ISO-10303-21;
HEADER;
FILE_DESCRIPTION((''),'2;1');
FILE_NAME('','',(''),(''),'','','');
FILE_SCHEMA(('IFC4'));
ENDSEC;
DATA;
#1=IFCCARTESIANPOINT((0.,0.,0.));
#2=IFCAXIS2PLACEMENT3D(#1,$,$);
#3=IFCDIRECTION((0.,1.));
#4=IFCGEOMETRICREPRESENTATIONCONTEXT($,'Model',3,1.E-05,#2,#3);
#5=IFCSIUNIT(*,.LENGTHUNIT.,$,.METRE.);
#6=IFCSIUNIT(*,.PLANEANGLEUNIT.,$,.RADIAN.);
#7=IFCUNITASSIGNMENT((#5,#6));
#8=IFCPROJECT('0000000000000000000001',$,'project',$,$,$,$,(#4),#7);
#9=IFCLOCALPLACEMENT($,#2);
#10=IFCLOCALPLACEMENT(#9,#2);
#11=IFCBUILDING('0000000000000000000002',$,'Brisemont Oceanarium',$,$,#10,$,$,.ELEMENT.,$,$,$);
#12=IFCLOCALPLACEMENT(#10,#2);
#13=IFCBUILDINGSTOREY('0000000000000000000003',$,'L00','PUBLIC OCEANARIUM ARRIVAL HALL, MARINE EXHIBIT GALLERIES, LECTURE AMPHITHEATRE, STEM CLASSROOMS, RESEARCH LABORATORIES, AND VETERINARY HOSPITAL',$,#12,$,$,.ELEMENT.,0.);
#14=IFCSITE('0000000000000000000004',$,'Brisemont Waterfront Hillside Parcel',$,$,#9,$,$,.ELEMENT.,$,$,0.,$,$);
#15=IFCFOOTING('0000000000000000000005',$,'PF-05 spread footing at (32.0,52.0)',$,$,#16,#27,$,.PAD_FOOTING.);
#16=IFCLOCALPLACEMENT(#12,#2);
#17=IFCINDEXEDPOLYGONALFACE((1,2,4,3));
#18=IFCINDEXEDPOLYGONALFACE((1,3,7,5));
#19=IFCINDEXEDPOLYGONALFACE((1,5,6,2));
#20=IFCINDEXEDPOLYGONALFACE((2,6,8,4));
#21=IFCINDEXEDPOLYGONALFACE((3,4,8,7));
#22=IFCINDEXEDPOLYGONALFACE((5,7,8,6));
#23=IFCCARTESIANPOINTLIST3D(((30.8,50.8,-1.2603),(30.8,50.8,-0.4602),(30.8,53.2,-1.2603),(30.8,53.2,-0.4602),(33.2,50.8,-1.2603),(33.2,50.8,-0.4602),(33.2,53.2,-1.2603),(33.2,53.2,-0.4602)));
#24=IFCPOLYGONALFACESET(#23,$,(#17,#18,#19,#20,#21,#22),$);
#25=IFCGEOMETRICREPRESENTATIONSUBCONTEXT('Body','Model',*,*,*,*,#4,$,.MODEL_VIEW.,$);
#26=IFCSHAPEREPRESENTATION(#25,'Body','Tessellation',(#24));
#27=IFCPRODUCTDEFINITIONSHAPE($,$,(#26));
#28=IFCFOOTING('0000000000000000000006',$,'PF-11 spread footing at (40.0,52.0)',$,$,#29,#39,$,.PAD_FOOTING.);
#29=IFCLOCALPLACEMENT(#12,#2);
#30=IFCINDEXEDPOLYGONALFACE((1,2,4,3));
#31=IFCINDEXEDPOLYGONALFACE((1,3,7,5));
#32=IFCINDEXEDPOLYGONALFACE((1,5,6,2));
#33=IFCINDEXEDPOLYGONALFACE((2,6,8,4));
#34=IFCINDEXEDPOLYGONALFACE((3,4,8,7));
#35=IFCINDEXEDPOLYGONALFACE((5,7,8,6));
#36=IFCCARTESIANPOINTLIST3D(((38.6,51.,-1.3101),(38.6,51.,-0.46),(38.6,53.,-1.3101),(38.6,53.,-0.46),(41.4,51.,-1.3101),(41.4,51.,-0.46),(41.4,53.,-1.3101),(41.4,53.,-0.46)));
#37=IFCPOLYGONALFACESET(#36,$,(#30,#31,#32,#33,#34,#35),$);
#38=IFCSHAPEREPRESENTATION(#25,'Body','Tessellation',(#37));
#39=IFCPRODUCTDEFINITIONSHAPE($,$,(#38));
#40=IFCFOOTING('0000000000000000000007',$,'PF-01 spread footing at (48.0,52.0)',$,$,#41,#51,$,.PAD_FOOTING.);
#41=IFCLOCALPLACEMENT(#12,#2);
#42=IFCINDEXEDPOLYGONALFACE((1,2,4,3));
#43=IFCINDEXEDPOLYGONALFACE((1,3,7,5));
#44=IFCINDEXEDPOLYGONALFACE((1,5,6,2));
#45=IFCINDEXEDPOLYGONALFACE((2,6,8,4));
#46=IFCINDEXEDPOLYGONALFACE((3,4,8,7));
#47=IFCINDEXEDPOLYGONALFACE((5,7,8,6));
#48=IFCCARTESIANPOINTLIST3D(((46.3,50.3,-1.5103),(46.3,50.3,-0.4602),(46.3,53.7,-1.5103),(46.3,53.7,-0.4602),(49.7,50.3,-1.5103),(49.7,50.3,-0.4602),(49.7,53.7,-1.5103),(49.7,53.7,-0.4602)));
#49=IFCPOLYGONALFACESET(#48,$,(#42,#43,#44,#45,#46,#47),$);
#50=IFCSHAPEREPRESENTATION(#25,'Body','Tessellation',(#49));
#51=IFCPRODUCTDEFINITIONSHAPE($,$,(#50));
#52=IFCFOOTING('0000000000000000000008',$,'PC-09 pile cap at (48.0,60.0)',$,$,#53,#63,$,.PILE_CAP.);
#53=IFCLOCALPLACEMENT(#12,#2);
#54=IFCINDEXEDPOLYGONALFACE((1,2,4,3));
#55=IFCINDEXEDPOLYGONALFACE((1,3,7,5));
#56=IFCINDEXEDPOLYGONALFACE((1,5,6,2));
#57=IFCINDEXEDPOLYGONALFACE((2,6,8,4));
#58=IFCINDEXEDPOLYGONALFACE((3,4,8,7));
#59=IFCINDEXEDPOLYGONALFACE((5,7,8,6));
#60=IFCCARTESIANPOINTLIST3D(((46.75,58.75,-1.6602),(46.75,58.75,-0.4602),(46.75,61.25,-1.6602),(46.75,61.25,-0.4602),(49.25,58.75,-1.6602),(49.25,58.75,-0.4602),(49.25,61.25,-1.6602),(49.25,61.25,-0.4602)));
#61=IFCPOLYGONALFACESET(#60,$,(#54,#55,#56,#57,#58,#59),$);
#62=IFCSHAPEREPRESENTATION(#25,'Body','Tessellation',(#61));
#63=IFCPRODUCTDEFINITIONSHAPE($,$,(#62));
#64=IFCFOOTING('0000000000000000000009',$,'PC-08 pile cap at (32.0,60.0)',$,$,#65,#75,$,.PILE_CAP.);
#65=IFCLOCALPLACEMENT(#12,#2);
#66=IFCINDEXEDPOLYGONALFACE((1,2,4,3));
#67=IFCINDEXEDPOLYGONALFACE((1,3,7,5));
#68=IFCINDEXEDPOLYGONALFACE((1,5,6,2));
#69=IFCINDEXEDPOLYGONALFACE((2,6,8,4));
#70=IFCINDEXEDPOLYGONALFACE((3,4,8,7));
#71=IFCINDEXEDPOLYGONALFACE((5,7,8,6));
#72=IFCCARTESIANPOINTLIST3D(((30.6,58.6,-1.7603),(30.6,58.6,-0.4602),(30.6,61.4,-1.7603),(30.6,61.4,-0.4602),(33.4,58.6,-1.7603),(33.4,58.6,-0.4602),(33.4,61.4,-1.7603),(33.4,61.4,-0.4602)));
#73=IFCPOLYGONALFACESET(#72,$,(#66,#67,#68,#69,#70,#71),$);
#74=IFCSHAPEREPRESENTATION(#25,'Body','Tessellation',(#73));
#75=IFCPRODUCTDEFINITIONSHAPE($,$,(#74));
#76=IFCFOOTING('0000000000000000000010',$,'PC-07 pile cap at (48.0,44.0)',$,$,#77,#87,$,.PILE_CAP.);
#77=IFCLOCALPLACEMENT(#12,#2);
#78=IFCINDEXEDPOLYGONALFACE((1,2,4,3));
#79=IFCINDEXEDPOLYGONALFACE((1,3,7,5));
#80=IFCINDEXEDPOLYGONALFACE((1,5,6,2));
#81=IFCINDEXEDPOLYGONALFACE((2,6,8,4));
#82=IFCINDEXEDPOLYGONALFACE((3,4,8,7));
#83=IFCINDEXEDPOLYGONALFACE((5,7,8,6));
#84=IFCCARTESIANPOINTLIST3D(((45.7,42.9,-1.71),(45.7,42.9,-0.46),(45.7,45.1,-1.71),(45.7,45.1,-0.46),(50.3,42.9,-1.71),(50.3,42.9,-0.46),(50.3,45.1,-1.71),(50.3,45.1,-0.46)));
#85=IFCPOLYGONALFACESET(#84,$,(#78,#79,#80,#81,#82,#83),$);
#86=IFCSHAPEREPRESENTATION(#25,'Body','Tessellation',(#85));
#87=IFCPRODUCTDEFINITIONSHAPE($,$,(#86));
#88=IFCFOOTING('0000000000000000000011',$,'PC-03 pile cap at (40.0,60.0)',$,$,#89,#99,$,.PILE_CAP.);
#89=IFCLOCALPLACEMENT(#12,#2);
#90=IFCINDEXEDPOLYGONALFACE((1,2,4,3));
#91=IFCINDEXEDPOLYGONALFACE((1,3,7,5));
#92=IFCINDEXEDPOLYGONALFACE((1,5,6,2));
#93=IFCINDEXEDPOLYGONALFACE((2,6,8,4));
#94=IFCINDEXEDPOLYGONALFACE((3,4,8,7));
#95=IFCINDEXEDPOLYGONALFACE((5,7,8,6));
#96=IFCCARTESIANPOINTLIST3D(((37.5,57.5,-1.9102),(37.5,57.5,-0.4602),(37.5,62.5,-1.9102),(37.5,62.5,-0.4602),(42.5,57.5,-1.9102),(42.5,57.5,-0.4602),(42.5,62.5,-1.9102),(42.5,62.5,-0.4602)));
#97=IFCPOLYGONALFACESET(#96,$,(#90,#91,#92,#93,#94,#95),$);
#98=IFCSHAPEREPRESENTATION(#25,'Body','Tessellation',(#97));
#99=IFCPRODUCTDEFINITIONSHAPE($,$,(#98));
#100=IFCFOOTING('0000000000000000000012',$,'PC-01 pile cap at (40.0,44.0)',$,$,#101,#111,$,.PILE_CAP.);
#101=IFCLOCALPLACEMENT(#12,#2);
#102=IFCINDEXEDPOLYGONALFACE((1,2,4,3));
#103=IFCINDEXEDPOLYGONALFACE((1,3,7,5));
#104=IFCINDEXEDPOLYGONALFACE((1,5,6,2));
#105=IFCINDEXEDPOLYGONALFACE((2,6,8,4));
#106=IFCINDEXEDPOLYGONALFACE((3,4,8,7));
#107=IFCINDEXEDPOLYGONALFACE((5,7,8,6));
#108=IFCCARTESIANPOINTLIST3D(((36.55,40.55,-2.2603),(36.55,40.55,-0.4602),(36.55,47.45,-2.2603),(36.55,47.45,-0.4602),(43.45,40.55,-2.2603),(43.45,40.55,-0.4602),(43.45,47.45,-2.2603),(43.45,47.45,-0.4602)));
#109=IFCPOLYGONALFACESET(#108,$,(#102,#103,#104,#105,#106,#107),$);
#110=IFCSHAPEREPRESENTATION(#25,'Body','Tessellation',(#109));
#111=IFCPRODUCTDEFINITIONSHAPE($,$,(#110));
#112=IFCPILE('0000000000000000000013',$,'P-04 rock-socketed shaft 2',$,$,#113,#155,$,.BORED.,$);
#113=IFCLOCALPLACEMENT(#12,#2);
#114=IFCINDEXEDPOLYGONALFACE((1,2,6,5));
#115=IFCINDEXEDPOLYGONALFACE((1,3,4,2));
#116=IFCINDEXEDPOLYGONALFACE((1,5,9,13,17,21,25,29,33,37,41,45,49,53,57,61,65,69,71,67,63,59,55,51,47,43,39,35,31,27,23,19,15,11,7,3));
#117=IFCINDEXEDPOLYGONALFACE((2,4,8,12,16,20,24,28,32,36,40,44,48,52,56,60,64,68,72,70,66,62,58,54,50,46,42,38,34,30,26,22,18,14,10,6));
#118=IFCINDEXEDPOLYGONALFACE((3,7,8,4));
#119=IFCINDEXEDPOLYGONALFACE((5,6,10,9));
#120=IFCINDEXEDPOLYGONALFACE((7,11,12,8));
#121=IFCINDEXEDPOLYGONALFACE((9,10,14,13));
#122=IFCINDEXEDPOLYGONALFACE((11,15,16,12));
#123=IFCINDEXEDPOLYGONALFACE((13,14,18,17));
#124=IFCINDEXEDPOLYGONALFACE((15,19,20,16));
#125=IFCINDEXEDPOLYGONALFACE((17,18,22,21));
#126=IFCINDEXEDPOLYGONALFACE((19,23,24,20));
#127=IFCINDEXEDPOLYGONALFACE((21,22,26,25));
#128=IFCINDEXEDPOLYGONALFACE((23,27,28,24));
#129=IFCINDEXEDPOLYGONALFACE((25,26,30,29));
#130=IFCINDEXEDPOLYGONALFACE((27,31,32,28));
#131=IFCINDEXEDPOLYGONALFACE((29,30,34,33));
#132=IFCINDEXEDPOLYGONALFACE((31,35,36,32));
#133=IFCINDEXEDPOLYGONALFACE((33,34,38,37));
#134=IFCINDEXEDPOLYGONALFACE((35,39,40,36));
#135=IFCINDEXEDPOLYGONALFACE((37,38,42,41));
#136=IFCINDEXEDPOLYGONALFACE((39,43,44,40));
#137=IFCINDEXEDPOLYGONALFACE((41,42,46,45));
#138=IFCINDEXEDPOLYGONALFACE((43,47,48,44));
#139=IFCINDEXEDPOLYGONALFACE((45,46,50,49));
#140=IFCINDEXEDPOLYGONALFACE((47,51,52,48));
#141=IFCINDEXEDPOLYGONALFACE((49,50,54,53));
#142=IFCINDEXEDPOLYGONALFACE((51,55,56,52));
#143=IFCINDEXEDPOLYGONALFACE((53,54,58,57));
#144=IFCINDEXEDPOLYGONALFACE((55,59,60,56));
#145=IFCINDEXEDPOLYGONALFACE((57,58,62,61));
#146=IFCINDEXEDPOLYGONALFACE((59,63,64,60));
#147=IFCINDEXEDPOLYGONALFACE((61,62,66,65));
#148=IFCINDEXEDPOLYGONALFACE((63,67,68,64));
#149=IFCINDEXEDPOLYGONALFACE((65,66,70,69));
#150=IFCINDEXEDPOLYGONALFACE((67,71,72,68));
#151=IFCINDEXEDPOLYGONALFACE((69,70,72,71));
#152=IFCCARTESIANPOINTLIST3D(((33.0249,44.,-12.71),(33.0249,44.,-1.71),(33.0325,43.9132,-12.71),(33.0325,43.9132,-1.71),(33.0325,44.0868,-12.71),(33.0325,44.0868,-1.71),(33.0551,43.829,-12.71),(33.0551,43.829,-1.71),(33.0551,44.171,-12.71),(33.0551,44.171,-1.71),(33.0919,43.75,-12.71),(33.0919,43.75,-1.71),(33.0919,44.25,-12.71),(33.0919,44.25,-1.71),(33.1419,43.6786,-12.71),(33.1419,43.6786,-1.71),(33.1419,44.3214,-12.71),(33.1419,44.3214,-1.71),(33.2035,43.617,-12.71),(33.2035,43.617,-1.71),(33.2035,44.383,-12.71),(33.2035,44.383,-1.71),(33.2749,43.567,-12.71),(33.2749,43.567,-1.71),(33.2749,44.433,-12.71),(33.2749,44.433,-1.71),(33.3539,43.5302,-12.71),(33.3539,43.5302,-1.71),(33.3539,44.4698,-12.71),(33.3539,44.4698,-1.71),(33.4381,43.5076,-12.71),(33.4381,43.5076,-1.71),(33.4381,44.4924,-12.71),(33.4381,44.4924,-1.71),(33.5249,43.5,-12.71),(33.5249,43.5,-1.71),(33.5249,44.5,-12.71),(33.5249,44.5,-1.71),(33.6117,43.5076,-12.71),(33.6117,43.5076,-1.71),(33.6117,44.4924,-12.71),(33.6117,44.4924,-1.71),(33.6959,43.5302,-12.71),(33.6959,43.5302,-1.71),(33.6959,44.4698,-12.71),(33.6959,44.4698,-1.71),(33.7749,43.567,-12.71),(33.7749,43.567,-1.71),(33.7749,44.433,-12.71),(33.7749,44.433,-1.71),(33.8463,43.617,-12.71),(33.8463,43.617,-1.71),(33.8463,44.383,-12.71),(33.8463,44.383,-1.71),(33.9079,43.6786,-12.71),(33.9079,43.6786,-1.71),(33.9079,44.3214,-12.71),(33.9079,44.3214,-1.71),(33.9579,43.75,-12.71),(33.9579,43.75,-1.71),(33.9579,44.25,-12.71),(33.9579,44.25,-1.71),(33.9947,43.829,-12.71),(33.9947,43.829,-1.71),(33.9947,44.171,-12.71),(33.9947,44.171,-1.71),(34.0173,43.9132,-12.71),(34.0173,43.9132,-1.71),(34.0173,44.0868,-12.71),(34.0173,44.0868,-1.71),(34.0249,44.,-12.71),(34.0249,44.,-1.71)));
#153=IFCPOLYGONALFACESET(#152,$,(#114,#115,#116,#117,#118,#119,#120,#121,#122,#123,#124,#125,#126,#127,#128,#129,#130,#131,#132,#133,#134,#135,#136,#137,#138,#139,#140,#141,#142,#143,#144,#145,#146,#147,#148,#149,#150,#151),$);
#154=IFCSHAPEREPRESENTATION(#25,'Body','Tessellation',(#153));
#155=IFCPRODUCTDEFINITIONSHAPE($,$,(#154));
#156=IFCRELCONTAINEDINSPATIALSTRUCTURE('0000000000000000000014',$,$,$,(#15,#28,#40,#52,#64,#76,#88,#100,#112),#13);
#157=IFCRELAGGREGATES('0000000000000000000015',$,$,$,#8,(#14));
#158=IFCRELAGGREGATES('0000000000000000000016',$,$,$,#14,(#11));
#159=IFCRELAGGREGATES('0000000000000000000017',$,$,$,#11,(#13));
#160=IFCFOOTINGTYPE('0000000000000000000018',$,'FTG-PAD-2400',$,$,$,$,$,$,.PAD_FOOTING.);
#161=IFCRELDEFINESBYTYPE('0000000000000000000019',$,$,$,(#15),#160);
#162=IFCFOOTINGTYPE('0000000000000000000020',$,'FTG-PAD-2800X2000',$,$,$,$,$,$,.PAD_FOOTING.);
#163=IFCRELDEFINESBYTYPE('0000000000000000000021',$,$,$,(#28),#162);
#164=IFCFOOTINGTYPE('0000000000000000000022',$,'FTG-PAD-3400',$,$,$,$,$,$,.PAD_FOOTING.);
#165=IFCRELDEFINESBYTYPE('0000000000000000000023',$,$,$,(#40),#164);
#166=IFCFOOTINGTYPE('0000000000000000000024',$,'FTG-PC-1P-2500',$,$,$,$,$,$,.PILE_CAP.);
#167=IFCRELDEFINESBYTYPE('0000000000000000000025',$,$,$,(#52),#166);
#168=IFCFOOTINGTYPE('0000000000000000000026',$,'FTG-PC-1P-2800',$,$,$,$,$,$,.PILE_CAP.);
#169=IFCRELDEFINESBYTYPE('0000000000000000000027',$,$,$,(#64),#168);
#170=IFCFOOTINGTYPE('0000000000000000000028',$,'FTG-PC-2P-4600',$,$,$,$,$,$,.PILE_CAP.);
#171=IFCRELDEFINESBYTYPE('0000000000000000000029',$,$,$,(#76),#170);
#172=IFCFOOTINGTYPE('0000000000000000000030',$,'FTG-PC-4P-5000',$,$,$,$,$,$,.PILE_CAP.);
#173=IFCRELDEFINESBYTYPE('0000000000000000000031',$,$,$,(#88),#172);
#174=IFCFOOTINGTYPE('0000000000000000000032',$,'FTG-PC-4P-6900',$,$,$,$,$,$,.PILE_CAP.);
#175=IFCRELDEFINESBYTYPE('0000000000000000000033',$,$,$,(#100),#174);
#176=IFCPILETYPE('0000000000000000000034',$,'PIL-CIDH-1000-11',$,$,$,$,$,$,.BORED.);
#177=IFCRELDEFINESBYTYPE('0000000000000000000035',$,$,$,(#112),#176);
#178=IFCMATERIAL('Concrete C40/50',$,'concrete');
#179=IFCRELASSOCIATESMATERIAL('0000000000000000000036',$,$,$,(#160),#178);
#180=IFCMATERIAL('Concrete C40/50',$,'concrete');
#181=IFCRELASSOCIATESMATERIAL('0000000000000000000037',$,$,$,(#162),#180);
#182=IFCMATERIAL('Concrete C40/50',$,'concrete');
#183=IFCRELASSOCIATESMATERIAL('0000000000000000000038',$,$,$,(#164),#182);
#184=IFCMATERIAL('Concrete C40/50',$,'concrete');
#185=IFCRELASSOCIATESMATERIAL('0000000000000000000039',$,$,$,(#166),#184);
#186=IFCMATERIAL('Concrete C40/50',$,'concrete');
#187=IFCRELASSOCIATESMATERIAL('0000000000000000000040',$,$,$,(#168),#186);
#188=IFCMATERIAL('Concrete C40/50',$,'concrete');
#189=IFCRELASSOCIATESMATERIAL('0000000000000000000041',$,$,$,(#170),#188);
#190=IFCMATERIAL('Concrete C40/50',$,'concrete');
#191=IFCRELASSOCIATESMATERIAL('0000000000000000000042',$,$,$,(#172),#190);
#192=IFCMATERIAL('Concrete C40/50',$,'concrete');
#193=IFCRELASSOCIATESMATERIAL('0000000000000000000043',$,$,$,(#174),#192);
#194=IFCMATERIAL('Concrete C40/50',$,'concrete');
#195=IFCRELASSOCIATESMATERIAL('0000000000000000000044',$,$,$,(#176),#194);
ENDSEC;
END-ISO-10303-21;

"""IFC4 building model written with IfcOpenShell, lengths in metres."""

from ifc_helpers import new_model, si_unit, direction, frame, origin, origin_2d, place, context, subcontext, project, spatial, rectangle, circle, extrude, material, material_profile, profile_set, type_object, element, save


model = new_model("IFC4")

# Units and contexts
model_context = context("Model", 3, precision=1e-05, world=origin(), true_north=direction((0.0, 1.0)))
body_context = subcontext(model_context, "Body", "Model", "MODEL_VIEW")
ifc_project = project(units=[si_unit("LENGTHUNIT", "METRE"), si_unit("PLANEANGLEUNIT", "RADIAN")], contexts=[model_context])

# Site, building, storey
site_placement = place(None, origin())
site = spatial("IfcSite", under=ifc_project, at=site_placement, Name="Brisemont Waterfront Hillside Parcel", CompositionType="ELEMENT", RefElevation=0.0)
building_placement = place(site_placement, origin())
building = spatial("IfcBuilding", under=site, at=building_placement, Name="Brisemont Oceanarium", CompositionType="ELEMENT")
storey_placement = place(building_placement, origin())
storey = spatial("IfcBuildingStorey", under=building, at=storey_placement, Name="L00", Description="PUBLIC OCEANARIUM ARRIVAL HALL, MARINE EXHIBIT GALLERIES, LECTURE AMPHITHEATRE, STEM CLASSROOMS, RESEARCH LABORATORIES, AND VETERINARY HOSPITAL", CompositionType="ELEMENT", Elevation=0.0)

# Footings
ifc_material_1 = material(Name="Concrete C40/50", Category="concrete")
footing_type_1 = type_object("IfcFootingType", Name="FTG-PAD-2400", PredefinedType="PAD_FOOTING", material=ifc_material_1)
footing_1_placement = place(storey_placement, frame((32.0, 52.0, -1.2603), z_axis=(0.0, 0.0, 1.0), x_axis=(1.0, 0.0, 0.0)))
element("IfcFooting", 1, at=footing_1_placement, inside=storey, type_object=footing_type_1, Name="PF-05 spread footing at (32.0,52.0)", PredefinedType="PAD_FOOTING", context=body_context, shape_type="SweptSolid", body=[
    extrude(rectangle(XDim=2.3999, YDim=2.3999, at=origin_2d()), origin(), (0.0, 0.0, 1.0), 0.8),
])
ifc_material_2 = material(Name="Concrete C40/50", Category="concrete")
footing_type_2 = type_object("IfcFootingType", Name="FTG-PAD-2800X2000", PredefinedType="PAD_FOOTING", material=ifc_material_2)
footing_2_placement = place(storey_placement, frame((40.0, 52.0, -1.3101), z_axis=(0.0, 0.0, 1.0), x_axis=(1.0, 0.0, 0.0)))
element("IfcFooting", 2, at=footing_2_placement, inside=storey, type_object=footing_type_2, Name="PF-11 spread footing at (40.0,52.0)", PredefinedType="PAD_FOOTING", context=body_context, shape_type="SweptSolid", body=[
    extrude(rectangle(XDim=2.8, YDim=2.0, at=origin_2d()), origin(), (0.0, 0.0, 1.0), 0.8501),
])
ifc_material_3 = material(Name="Concrete C40/50", Category="concrete")
footing_type_3 = type_object("IfcFootingType", Name="FTG-PAD-3400", PredefinedType="PAD_FOOTING", material=ifc_material_3)
footing_3_placement = place(storey_placement, frame((48.0, 52.0, -1.5103), z_axis=(0.0, 0.0, 1.0), x_axis=(1.0, 0.0, 0.0)))
element("IfcFooting", 3, at=footing_3_placement, inside=storey, type_object=footing_type_3, Name="PF-01 spread footing at (48.0,52.0)", PredefinedType="PAD_FOOTING", context=body_context, shape_type="SweptSolid", body=[
    extrude(rectangle(XDim=3.3999, YDim=3.3999, at=origin_2d()), origin(), (0.0, 0.0, 1.0), 1.05),
])
ifc_material_4 = material(Name="Concrete C40/50", Category="concrete")
footing_type_4 = type_object("IfcFootingType", Name="FTG-PC-1P-2500", PredefinedType="PILE_CAP", material=ifc_material_4)
footing_4_placement = place(storey_placement, frame((48.0, 60.0, -1.6602), z_axis=(0.0, 0.0, 1.0), x_axis=(1.0, 0.0, 0.0)))
element("IfcFooting", 4, at=footing_4_placement, inside=storey, type_object=footing_type_4, Name="PC-09 pile cap at (48.0,60.0)", PredefinedType="PILE_CAP", context=body_context, shape_type="SweptSolid", body=[
    extrude(rectangle(XDim=2.5, YDim=2.5, at=origin_2d()), origin(), (0.0, 0.0, 1.0), 1.2),
])
ifc_material_5 = material(Name="Concrete C40/50", Category="concrete")
footing_type_5 = type_object("IfcFootingType", Name="FTG-PC-1P-2800", PredefinedType="PILE_CAP", material=ifc_material_5)
footing_5_placement = place(storey_placement, frame((32.0, 60.0, -1.7603), z_axis=(0.0, 0.0, 1.0), x_axis=(1.0, 0.0, 0.0)))
element("IfcFooting", 5, at=footing_5_placement, inside=storey, type_object=footing_type_5, Name="PC-08 pile cap at (32.0,60.0)", PredefinedType="PILE_CAP", context=body_context, shape_type="SweptSolid", body=[
    extrude(rectangle(XDim=2.8, YDim=2.8, at=origin_2d()), origin(), (0.0, 0.0, 1.0), 1.3),
])
ifc_material_6 = material(Name="Concrete C40/50", Category="concrete")
footing_type_6 = type_object("IfcFootingType", Name="FTG-PC-2P-4600", PredefinedType="PILE_CAP", material=ifc_material_6)
footing_6_placement = place(storey_placement, frame((48.0, 44.0, -1.71), z_axis=(0.0, 0.0, 1.0), x_axis=(1.0, 0.0, 0.0)))
element("IfcFooting", 6, at=footing_6_placement, inside=storey, type_object=footing_type_6, Name="PC-07 pile cap at (48.0,44.0)", PredefinedType="PILE_CAP", context=body_context, shape_type="SweptSolid", body=[
    extrude(rectangle(XDim=4.6001, YDim=2.2, at=origin_2d()), origin(), (0.0, 0.0, 1.0), 1.25),
])
ifc_material_7 = material(Name="Concrete C40/50", Category="concrete")
footing_type_7 = type_object("IfcFootingType", Name="FTG-PC-4P-5000", PredefinedType="PILE_CAP", material=ifc_material_7)
footing_7_placement = place(storey_placement, frame((40.0, 60.0, -1.9102), z_axis=(0.0, 0.0, 1.0), x_axis=(1.0, 0.0, 0.0)))
element("IfcFooting", 7, at=footing_7_placement, inside=storey, type_object=footing_type_7, Name="PC-03 pile cap at (40.0,60.0)", PredefinedType="PILE_CAP", context=body_context, shape_type="SweptSolid", body=[
    extrude(rectangle(XDim=5.0, YDim=5.0, at=origin_2d()), origin(), (0.0, 0.0, 1.0), 1.45),
])
ifc_material_8 = material(Name="Concrete C40/50", Category="concrete")
footing_type_8 = type_object("IfcFootingType", Name="FTG-PC-4P-6900", PredefinedType="PILE_CAP", material=ifc_material_8)
footing_8_placement = place(storey_placement, frame((40.0, 44.0, -2.2603), z_axis=(0.0, 0.0, 1.0), x_axis=(1.0, 0.0, 0.0)))
element("IfcFooting", 8, at=footing_8_placement, inside=storey, type_object=footing_type_8, Name="PC-01 pile cap at (40.0,44.0)", PredefinedType="PILE_CAP", context=body_context, shape_type="SweptSolid", body=[
    extrude(rectangle(XDim=6.8999, YDim=6.8999, at=origin_2d()), origin(), (0.0, 0.0, 1.0), 1.8),
])

# Pile
ifc_material_9 = material(Name="Concrete C40/50", Category="concrete")
ifc_material_profile_1 = material_profile(ifc_material_9, circle(Radius=0.5, at=origin_2d()), Name="CIDH-D1000")
ifc_profile_set_1 = profile_set([ifc_material_profile_1], Name="Concrete C40/50")
pile_type_1 = type_object("IfcPileType", Name="PIL-CIDH-1000-11", PredefinedType="BORED", material=ifc_profile_set_1)
for number, where, z_axis, x_axis, name in (
    (9, (33.5249, 44.0, -1.71), (0.0, 0.0, -1.0), (1.0, 0.0, 0.0), "P-04 rock-socketed shaft 2"),
):
    element("IfcPile", number, at=place(storey_placement, frame(where, z_axis=z_axis, x_axis=x_axis)), inside=storey, type_object=pile_type_1, Name=name, PredefinedType="BORED", context=body_context, shape_type="SweptSolid", body=[
        extrude(circle(Radius=0.5, at=origin_2d()), origin(), (0.0, 0.0, 1.0), 11.0),
    ])

save(model, "model.ifc")
